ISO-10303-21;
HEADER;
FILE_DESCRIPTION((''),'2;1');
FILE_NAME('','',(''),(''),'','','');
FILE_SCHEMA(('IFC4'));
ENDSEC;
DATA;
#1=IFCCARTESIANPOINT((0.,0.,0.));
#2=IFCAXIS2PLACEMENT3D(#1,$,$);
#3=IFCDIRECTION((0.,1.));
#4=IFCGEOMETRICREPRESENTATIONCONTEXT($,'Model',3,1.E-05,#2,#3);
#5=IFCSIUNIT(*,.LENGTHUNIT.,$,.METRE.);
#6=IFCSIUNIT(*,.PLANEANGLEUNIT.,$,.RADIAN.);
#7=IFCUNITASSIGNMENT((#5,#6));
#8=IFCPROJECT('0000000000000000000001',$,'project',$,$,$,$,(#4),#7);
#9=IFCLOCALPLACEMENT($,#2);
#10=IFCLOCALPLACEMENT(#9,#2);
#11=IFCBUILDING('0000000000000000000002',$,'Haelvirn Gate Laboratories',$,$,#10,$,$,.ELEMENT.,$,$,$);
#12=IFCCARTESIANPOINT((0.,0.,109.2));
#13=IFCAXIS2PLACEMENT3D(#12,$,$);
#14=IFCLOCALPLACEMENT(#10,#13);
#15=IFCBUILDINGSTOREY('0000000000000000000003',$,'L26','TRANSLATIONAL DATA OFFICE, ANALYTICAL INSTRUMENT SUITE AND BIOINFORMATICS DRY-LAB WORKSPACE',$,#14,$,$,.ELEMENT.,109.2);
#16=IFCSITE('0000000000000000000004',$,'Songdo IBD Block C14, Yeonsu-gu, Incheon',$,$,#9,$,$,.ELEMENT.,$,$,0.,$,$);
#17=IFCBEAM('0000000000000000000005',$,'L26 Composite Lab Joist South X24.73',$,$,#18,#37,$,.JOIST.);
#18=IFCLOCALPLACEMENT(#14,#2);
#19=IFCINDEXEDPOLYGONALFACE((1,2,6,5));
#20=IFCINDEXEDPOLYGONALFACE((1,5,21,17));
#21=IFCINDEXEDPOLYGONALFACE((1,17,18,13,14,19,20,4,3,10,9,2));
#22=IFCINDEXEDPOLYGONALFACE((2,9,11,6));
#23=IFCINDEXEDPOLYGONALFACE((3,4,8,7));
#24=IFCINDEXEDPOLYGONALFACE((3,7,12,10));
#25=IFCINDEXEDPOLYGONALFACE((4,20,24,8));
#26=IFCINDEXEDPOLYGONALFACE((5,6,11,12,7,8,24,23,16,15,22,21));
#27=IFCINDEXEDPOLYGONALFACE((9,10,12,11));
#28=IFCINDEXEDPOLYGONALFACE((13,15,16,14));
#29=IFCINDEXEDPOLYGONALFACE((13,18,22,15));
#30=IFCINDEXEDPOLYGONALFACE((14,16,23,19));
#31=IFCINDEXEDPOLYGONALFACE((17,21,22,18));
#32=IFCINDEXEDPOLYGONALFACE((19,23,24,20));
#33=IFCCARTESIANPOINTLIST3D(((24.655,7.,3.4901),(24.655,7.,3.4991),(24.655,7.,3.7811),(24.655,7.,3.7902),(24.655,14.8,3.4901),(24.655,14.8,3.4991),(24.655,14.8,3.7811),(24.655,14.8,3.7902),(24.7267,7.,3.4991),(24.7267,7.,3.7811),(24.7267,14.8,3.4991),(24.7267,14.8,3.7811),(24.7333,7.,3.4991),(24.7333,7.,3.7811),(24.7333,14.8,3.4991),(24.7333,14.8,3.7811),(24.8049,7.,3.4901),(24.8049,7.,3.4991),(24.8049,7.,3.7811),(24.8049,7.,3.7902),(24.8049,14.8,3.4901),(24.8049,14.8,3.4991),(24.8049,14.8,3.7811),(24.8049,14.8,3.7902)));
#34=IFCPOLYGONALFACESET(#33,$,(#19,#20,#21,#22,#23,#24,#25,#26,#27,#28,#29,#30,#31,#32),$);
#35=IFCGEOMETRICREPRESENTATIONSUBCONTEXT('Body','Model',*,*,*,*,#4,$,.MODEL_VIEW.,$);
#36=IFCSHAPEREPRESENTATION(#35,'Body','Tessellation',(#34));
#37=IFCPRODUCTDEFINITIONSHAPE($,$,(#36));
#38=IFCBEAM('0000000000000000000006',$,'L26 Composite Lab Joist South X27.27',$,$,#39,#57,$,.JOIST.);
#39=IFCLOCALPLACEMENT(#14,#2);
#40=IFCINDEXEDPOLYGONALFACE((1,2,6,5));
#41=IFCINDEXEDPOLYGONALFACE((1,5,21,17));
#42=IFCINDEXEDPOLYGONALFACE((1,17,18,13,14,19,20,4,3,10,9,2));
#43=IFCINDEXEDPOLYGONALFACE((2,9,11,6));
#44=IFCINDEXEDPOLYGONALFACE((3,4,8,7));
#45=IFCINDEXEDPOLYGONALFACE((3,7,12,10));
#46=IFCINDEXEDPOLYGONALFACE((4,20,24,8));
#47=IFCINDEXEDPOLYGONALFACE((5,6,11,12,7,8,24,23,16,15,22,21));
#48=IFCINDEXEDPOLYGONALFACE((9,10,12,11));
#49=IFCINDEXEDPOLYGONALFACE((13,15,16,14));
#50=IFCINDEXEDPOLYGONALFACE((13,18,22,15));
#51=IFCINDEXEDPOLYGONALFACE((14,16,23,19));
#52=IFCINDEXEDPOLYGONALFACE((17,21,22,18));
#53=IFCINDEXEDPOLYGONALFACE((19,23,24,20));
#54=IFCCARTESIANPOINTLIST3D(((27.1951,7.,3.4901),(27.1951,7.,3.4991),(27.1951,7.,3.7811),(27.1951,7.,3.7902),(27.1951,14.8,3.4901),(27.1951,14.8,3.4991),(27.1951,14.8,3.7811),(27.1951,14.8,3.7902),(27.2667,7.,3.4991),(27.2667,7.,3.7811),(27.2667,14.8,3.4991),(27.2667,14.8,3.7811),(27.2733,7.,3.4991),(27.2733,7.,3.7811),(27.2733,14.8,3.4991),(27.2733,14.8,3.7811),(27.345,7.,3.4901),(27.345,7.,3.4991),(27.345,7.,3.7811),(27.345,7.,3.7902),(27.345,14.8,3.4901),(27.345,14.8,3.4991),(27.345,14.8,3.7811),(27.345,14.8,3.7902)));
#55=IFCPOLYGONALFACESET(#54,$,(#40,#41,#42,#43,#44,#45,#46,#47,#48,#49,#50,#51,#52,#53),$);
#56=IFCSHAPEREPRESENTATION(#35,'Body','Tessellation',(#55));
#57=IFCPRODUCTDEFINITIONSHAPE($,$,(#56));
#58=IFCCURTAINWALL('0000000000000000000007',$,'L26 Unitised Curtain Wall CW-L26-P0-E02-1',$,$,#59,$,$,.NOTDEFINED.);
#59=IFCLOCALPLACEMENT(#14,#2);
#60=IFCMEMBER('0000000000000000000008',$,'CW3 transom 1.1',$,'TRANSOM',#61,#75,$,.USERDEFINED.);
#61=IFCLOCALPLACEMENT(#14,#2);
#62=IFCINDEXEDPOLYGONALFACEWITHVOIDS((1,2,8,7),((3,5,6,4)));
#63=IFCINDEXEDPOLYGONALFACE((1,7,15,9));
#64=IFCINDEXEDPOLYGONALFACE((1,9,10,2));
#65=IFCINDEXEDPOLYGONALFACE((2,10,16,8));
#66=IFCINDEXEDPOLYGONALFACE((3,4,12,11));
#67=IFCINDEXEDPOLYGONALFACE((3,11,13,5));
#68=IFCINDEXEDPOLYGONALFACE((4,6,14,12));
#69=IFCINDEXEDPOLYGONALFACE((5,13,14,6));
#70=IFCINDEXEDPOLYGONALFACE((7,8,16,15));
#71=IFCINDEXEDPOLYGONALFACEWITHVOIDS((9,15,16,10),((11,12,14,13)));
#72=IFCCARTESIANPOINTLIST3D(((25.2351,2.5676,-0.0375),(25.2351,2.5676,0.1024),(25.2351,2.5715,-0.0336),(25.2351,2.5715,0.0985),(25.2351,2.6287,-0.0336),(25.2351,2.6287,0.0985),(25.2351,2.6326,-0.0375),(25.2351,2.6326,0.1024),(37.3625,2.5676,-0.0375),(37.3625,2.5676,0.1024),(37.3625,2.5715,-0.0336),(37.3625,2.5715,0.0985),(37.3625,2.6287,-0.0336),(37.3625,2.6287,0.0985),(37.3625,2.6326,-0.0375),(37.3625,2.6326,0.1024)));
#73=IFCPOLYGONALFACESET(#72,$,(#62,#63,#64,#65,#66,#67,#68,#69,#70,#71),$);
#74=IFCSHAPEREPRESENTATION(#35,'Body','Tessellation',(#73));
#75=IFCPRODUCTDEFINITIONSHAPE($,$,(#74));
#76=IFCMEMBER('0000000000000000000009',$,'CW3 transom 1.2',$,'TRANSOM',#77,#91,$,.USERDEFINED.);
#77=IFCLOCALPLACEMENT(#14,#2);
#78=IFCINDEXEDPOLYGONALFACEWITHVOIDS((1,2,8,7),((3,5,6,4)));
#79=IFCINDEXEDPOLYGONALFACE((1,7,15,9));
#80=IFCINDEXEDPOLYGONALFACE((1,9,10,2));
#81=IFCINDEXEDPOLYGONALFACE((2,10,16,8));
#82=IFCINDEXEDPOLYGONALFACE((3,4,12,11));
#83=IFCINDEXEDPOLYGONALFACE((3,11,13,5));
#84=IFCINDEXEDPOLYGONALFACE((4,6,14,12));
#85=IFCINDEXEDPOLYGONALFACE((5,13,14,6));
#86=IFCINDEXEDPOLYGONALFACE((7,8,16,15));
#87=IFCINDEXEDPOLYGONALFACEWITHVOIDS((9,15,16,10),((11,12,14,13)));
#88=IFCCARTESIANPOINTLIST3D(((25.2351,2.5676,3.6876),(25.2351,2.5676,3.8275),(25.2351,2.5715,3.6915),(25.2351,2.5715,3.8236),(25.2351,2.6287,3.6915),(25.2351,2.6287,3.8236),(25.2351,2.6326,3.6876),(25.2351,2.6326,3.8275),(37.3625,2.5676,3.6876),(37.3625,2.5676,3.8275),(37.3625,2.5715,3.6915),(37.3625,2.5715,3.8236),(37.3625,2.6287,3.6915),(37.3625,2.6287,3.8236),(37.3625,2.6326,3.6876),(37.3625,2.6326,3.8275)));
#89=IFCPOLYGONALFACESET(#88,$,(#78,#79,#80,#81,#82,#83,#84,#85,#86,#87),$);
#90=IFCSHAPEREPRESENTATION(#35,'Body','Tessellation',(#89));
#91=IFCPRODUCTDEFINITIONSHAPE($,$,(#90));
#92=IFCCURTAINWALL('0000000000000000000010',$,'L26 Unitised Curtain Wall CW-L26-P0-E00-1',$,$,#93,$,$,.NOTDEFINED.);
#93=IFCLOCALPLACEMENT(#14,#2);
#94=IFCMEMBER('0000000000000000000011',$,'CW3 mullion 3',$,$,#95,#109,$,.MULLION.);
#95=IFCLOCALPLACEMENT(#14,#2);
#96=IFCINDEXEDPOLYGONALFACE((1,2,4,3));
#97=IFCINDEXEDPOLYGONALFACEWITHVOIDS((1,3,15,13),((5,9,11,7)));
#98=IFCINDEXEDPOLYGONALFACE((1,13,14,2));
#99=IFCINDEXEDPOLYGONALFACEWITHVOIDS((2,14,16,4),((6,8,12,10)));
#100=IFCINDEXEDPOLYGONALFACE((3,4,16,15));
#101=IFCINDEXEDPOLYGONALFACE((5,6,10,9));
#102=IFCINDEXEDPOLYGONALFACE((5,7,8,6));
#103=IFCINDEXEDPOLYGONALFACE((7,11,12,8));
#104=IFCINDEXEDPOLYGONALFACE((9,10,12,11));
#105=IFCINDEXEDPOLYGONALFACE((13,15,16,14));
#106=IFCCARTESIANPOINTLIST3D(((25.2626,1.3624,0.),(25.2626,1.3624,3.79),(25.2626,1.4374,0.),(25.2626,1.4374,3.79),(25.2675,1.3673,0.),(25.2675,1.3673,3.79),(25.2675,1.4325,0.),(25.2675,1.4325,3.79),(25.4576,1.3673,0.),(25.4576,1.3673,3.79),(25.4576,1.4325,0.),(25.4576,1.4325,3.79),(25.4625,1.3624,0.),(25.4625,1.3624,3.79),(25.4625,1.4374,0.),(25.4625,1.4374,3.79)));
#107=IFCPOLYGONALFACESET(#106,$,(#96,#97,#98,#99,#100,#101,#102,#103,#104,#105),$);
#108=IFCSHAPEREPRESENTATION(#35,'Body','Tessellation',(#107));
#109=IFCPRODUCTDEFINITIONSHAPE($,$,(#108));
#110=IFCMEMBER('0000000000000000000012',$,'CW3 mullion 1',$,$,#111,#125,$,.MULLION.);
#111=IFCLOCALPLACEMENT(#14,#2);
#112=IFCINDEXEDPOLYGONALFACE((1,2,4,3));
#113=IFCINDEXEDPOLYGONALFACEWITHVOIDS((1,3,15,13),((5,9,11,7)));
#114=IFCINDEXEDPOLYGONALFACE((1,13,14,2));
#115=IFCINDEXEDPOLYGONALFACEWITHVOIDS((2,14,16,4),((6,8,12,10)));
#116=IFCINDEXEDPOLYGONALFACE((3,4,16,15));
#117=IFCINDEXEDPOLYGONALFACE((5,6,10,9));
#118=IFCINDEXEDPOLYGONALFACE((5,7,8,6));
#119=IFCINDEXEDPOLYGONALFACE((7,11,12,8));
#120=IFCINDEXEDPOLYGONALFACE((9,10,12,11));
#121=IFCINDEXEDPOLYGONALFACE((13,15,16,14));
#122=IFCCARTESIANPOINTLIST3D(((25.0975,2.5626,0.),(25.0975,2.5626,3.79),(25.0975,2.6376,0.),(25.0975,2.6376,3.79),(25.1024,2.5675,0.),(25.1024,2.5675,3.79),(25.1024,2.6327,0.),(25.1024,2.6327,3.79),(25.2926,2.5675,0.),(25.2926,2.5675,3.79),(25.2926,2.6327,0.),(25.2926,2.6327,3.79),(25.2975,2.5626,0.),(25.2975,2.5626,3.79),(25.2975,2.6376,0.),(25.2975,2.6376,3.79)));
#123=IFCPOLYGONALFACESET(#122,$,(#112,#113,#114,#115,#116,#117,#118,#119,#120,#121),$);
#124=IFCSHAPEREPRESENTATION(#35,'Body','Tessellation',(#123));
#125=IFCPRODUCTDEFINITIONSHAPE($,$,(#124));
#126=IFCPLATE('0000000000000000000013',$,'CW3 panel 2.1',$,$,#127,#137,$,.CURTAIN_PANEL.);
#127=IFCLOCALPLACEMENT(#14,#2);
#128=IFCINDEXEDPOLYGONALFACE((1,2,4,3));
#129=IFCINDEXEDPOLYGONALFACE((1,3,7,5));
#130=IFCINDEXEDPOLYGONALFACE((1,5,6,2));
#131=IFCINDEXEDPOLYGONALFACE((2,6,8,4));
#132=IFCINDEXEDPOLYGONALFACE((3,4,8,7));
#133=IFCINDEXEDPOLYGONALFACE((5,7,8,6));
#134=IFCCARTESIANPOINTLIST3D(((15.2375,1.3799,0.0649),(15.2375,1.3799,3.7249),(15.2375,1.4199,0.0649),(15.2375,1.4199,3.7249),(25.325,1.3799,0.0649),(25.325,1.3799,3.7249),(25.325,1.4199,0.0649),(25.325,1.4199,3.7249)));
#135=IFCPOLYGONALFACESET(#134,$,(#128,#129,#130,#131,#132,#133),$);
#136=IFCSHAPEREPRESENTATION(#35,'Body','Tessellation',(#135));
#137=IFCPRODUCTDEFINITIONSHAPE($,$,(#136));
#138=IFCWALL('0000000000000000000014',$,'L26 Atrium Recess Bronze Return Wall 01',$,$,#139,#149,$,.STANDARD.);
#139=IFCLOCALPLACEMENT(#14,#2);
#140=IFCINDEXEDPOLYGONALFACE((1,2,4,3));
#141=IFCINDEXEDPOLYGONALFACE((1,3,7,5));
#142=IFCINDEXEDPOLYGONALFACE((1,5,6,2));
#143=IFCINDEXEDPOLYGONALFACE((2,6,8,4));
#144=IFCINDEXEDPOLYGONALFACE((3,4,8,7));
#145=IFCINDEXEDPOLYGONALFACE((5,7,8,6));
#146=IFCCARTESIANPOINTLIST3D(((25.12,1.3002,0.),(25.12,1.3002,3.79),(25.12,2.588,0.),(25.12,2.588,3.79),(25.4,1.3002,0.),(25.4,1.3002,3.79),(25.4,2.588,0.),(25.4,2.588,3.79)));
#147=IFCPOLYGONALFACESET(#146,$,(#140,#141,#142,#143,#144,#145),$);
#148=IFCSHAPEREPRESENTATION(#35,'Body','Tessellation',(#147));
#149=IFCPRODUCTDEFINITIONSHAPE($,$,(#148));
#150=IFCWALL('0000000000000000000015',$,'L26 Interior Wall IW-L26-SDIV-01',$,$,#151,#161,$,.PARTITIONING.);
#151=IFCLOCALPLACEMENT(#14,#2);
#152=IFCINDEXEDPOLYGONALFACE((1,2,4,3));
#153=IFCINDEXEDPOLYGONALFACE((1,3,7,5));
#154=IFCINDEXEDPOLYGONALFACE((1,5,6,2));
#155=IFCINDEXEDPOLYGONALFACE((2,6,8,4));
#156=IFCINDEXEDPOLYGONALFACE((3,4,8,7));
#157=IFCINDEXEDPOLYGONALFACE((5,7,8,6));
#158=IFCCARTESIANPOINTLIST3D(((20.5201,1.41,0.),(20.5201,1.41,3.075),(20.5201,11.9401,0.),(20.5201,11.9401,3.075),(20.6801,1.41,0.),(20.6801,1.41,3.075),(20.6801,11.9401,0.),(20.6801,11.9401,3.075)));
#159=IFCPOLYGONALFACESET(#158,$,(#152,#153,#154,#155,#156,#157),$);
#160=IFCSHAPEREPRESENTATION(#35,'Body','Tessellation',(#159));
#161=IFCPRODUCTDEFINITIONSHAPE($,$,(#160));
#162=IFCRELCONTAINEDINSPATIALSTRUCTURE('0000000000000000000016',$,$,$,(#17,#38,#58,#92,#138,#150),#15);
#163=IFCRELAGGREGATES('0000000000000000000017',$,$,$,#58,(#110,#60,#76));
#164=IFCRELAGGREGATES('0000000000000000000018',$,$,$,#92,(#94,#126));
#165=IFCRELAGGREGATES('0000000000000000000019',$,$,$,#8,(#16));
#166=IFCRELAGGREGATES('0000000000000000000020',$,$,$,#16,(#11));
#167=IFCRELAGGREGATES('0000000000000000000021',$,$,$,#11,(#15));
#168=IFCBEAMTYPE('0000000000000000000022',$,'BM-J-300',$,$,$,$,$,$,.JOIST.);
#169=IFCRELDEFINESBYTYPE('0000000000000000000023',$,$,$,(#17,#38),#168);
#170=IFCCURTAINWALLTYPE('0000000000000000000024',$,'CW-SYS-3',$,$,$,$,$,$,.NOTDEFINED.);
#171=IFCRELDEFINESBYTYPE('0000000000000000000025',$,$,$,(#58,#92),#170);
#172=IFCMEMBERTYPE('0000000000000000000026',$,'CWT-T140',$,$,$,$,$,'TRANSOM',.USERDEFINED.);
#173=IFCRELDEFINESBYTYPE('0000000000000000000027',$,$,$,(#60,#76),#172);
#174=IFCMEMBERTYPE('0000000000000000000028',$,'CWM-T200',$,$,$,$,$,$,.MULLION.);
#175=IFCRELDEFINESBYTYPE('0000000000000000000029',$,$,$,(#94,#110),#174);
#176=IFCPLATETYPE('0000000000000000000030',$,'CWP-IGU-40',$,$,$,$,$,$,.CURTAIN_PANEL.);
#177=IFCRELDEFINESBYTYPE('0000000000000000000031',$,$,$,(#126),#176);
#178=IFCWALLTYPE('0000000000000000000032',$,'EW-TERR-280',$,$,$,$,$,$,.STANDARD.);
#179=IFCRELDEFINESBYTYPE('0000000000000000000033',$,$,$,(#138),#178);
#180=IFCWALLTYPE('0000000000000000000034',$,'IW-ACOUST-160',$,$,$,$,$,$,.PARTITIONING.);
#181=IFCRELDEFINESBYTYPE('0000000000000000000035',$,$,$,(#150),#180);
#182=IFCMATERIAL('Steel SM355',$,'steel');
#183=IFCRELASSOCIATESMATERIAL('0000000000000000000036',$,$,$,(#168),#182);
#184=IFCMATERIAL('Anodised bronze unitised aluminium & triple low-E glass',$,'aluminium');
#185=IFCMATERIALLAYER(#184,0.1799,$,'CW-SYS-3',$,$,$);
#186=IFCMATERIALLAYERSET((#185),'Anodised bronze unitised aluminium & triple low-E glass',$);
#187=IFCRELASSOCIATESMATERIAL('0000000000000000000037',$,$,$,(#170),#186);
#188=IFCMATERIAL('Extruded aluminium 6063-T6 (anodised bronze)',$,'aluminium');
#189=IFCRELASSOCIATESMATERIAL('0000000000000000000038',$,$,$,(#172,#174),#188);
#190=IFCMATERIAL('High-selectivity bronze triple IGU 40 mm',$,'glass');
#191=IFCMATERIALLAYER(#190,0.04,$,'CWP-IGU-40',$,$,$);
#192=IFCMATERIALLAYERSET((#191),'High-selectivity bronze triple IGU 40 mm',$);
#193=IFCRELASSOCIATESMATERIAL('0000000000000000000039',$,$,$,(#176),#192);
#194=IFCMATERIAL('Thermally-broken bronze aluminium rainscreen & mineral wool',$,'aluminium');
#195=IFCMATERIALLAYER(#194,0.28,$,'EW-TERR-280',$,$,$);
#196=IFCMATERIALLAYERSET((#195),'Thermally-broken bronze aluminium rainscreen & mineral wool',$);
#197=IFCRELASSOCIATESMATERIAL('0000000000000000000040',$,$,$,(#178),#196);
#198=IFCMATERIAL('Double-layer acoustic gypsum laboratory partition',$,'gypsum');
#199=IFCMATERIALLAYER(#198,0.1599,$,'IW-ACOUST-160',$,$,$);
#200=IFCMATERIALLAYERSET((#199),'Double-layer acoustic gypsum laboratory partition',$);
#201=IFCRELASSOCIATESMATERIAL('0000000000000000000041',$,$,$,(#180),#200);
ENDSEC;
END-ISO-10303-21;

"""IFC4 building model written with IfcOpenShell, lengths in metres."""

from ifc_helpers import new_model, si_unit, direction, frame, frame_2d, origin, origin_2d, place, context, subcontext, project, spatial, rectangle, hollow_rectangle, i_section, extrude, source, transform, mapped, material, layer, layer_set, material_profile, profile_set, type_object, type_shapes, element, aggregate, save


model = new_model("IFC4")

# Units and contexts
model_context = context("Model", 3, precision=1e-05, world=origin(), true_north=direction((0.0, 1.0)))
body_context = subcontext(model_context, "Body", "Model", "MODEL_VIEW")
ifc_project = project(units=[si_unit("LENGTHUNIT", "METRE"), si_unit("PLANEANGLEUNIT", "RADIAN")], contexts=[model_context])

# Site, building, storey
site_placement = place(None, origin())
site = spatial("IfcSite", under=ifc_project, at=site_placement, Name="Songdo IBD Block C14, Yeonsu-gu, Incheon", CompositionType="ELEMENT", RefElevation=0.0)
building_placement = place(site_placement, origin())
building = spatial("IfcBuilding", under=site, at=building_placement, Name="Haelvirn Gate Laboratories", CompositionType="ELEMENT")
storey_placement = place(building_placement, frame((0.0, 0.0, 109.2)))
storey = spatial("IfcBuildingStorey", under=building, at=storey_placement, Name="L26", Description="TRANSLATIONAL DATA OFFICE, ANALYTICAL INSTRUMENT SUITE AND BIOINFORMATICS DRY-LAB WORKSPACE", CompositionType="ELEMENT", Elevation=109.2)

# Shared definitions
ifc_material_1 = material(Name="Steel SM355", Category="steel")

# Beams
ifc_material_profile_1 = material_profile(ifc_material_1, i_section(OverallWidth=0.1499, OverallDepth=0.3, WebThickness=0.0066, FlangeThickness=0.009, at=origin_2d()), Name="H-300x150x6.5x9")
ifc_profile_set_1 = profile_set([ifc_material_profile_1], Name="Steel SM355")
beam_type_1 = type_object("IfcBeamType", Name="BM-J-300", PredefinedType="JOIST", material=ifc_profile_set_1)
shared_shape_1 = source(origin(), body_context, "Body", "SweptSolid", [
    extrude(i_section(OverallWidth=0.1499, OverallDepth=0.3, WebThickness=0.0066, FlangeThickness=0.009, at=origin_2d()), origin(), (0.0, 0.0, 1.0), 7.8),
])
type_shapes(beam_type_1, [shared_shape_1])
for number, where, z_axis, x_axis, name in (
    (1, (24.73, 7.0, 3.6401), (0.0, 1.0, 0.0), (-1.0, 0.0, 0.0), "L26 Composite Lab Joist South X24.73"),
    (2, (27.27, 7.0, 3.6401), (0.0, 1.0, 0.0), (-1.0, 0.0, 0.0), "L26 Composite Lab Joist South X27.27"),
):
    element("IfcBeam", number, at=place(storey_placement, frame(where, z_axis=z_axis, x_axis=x_axis)), inside=storey, type_object=beam_type_1, Name=name, PredefinedType="JOIST", context=body_context, shape_type="MappedRepresentation", body=[
        mapped(shared_shape_1, transform((0.0, 0.0, 0.0), scale=1.0)),
    ])

# Curtain wall, members
ifc_material_2 = material(Name="Anodised bronze unitised aluminium & triple low-E glass", Category="aluminium")
ifc_layer_1 = layer(ifc_material_2, 0.1799, Name="CW-SYS-3")
ifc_layer_set_1 = layer_set([ifc_layer_1], Name="Anodised bronze unitised aluminium & triple low-E glass")
curtain_wall_type = type_object("IfcCurtainWallType", Name="CW-SYS-3", PredefinedType="NOTDEFINED", material=ifc_layer_set_1)
curtain_wall_1_placement = place(storey_placement, origin())
curtain_wall_1 = element("IfcCurtainWall", 3, at=curtain_wall_1_placement, inside=storey, type_object=curtain_wall_type, Name="L26 Unitised Curtain Wall CW-L26-P0-E02-1", PredefinedType="NOTDEFINED")
ifc_material_3 = material(Name="Extruded aluminium 6063-T6 (anodised bronze)", Category="aluminium")
ifc_material_profile_2 = material_profile(ifc_material_3, hollow_rectangle(XDim=0.0649, YDim=0.1399, WallThickness=0.0039, at=origin_2d()), Name="CWT-140x65x4")
ifc_profile_set_2 = profile_set([ifc_material_profile_2], Name="Extruded aluminium 6063-T6 (anodised bronze)")
member_type_1 = type_object("IfcMemberType", Name="CWT-T140", ElementType="TRANSOM", PredefinedType="USERDEFINED", material=ifc_profile_set_2)
shared_shape_2 = source(origin(), body_context, "Body", "SweptSolid", [
    extrude(hollow_rectangle(XDim=0.0649, YDim=0.1399, WallThickness=0.0039, at=origin_2d()), origin(), (0.0, 0.0, 1.0), 12.1274),
])
type_shapes(member_type_1, [shared_shape_2])
member_1_placement = place(storey_placement, frame((25.2351, 2.6001, 0.0325), z_axis=(1.0, 0.0, 0.0), x_axis=(0.0, 1.0, 0.0)))
member_1 = element("IfcMember", 4, at=member_1_placement, type_object=member_type_1, Name="CW3 transom 1.1", ObjectType="TRANSOM", PredefinedType="USERDEFINED", context=body_context, shape_type="MappedRepresentation", body=[
    mapped(shared_shape_2, transform((0.0, 0.0, 0.0), scale=1.0)),
])
member_2_placement = place(storey_placement, frame((25.2351, 2.6001, 3.7576), z_axis=(1.0, 0.0, 0.0), x_axis=(0.0, 1.0, 0.0)))
member_2 = element("IfcMember", 5, at=member_2_placement, type_object=member_type_1, Name="CW3 transom 1.2", ObjectType="TRANSOM", PredefinedType="USERDEFINED", context=body_context, shape_type="MappedRepresentation", body=[
    mapped(shared_shape_2, transform((0.0, 0.0, 0.0), scale=1.0)),
])

# Curtain wall, member
curtain_wall_2_placement = place(storey_placement, origin())
curtain_wall_2 = element("IfcCurtainWall", 6, at=curtain_wall_2_placement, inside=storey, type_object=curtain_wall_type, Name="L26 Unitised Curtain Wall CW-L26-P0-E00-1", PredefinedType="NOTDEFINED")
ifc_material_profile_3 = material_profile(ifc_material_3, hollow_rectangle(XDim=0.075, YDim=0.2, WallThickness=0.0049, at=origin_2d()), Name="CWM-200x75x5")
ifc_profile_set_3 = profile_set([ifc_material_profile_3], Name="Extruded aluminium 6063-T6 (anodised bronze)")
member_type_2 = type_object("IfcMemberType", Name="CWM-T200", PredefinedType="MULLION", material=ifc_profile_set_3)
shared_shape_3 = source(origin(), body_context, "Body", "SweptSolid", [
    extrude(hollow_rectangle(XDim=0.075, YDim=0.2, WallThickness=0.0049, at=origin_2d()), origin(), (0.0, 0.0, 1.0), 3.79),
])
type_shapes(member_type_2, [shared_shape_3])
member_3_placement = place(storey_placement, frame((25.3625, 1.3999, 0.0), z_axis=(0.0, 0.0, 1.0), x_axis=(0.0, 1.0, 0.0)))
member_3 = element("IfcMember", 7, at=member_3_placement, type_object=member_type_2, Name="CW3 mullion 3", PredefinedType="MULLION", context=body_context, shape_type="MappedRepresentation", body=[
    mapped(shared_shape_3, transform((0.0, 0.0, 0.0), scale=1.0)),
])

# Member
member_4_placement = place(storey_placement, frame((25.1975, 2.6001, 0.0), z_axis=(0.0, 0.0, 1.0), x_axis=(0.0, 1.0, 0.0)))
member_4 = element("IfcMember", 8, at=member_4_placement, type_object=member_type_2, Name="CW3 mullion 1", PredefinedType="MULLION", context=body_context, shape_type="MappedRepresentation", body=[
    mapped(shared_shape_3, transform((0.0, 0.0, 0.0), scale=1.0)),
])
aggregate(curtain_wall_1, [member_4, member_1, member_2])

# Plate
ifc_material_4 = material(Name="High-selectivity bronze triple IGU 40 mm", Category="glass")
ifc_layer_2 = layer(ifc_material_4, 0.04, Name="CWP-IGU-40")
ifc_layer_set_2 = layer_set([ifc_layer_2], Name="High-selectivity bronze triple IGU 40 mm")
plate_type = type_object("IfcPlateType", Name="CWP-IGU-40", PredefinedType="CURTAIN_PANEL", material=ifc_layer_set_2)
shared_shape_4 = source(origin(), body_context, "Body", "SweptSolid", [
    extrude(rectangle(XDim=10.0874, YDim=0.04, at=origin_2d()), origin(), (0.0, 0.0, 1.0), 3.6599),
])
type_shapes(plate_type, [shared_shape_4])
plate_placement = place(storey_placement, frame((20.2812, 1.3999, 0.0649), z_axis=(0.0, 0.0, 1.0), x_axis=(1.0, 0.0, 0.0)))
plate = element("IfcPlate", 9, at=plate_placement, type_object=plate_type, Name="CW3 panel 2.1", PredefinedType="CURTAIN_PANEL", context=body_context, shape_type="MappedRepresentation", body=[
    mapped(shared_shape_4, transform((0.0, 0.0, 0.0), scale=1.0)),
])
aggregate(curtain_wall_2, [member_3, plate])

# Walls
ifc_material_5 = material(Name="Thermally-broken bronze aluminium rainscreen & mineral wool", Category="aluminium")
ifc_layer_3 = layer(ifc_material_5, 0.28, Name="EW-TERR-280")
ifc_layer_set_3 = layer_set([ifc_layer_3], Name="Thermally-broken bronze aluminium rainscreen & mineral wool")
wall_type_1 = type_object("IfcWallType", Name="EW-TERR-280", PredefinedType="STANDARD", material=ifc_layer_set_3)
wall_1_placement = place(storey_placement, frame((25.26, 1.3, 0.0), z_axis=(0.0, 0.0, 1.0), x_axis=(0.0, 1.0, 0.0)))
element("IfcWall", 10, at=wall_1_placement, inside=storey, type_object=wall_type_1, Name="L26 Atrium Recess Bronze Return Wall 01", PredefinedType="STANDARD", context=body_context, shape_type="SweptSolid", body=[
    extrude(rectangle(XDim=1.2878, YDim=0.28, at=frame_2d((0.644, 0.0))), origin(), (0.0, 0.0, 1.0), 3.79),
])
ifc_material_6 = material(Name="Double-layer acoustic gypsum laboratory partition", Category="gypsum")
ifc_layer_4 = layer(ifc_material_6, 0.1599, Name="IW-ACOUST-160")
ifc_layer_set_4 = layer_set([ifc_layer_4], Name="Double-layer acoustic gypsum laboratory partition")
wall_type_2 = type_object("IfcWallType", Name="IW-ACOUST-160", PredefinedType="PARTITIONING", material=ifc_layer_set_4)
wall_2_placement = place(storey_placement, frame((20.6001, 1.4099, 0.0), z_axis=(0.0, 0.0, 1.0), x_axis=(0.0, 1.0, 0.0)))
element("IfcWall", 11, at=wall_2_placement, inside=storey, type_object=wall_type_2, Name="L26 Interior Wall IW-L26-SDIV-01", PredefinedType="PARTITIONING", context=body_context, shape_type="SweptSolid", body=[
    extrude(rectangle(XDim=10.53, YDim=0.1599, at=frame_2d((5.2651, 0.0))), origin(), (0.0, 0.0, 1.0), 3.075),
])

save(model, "model.ifc")
